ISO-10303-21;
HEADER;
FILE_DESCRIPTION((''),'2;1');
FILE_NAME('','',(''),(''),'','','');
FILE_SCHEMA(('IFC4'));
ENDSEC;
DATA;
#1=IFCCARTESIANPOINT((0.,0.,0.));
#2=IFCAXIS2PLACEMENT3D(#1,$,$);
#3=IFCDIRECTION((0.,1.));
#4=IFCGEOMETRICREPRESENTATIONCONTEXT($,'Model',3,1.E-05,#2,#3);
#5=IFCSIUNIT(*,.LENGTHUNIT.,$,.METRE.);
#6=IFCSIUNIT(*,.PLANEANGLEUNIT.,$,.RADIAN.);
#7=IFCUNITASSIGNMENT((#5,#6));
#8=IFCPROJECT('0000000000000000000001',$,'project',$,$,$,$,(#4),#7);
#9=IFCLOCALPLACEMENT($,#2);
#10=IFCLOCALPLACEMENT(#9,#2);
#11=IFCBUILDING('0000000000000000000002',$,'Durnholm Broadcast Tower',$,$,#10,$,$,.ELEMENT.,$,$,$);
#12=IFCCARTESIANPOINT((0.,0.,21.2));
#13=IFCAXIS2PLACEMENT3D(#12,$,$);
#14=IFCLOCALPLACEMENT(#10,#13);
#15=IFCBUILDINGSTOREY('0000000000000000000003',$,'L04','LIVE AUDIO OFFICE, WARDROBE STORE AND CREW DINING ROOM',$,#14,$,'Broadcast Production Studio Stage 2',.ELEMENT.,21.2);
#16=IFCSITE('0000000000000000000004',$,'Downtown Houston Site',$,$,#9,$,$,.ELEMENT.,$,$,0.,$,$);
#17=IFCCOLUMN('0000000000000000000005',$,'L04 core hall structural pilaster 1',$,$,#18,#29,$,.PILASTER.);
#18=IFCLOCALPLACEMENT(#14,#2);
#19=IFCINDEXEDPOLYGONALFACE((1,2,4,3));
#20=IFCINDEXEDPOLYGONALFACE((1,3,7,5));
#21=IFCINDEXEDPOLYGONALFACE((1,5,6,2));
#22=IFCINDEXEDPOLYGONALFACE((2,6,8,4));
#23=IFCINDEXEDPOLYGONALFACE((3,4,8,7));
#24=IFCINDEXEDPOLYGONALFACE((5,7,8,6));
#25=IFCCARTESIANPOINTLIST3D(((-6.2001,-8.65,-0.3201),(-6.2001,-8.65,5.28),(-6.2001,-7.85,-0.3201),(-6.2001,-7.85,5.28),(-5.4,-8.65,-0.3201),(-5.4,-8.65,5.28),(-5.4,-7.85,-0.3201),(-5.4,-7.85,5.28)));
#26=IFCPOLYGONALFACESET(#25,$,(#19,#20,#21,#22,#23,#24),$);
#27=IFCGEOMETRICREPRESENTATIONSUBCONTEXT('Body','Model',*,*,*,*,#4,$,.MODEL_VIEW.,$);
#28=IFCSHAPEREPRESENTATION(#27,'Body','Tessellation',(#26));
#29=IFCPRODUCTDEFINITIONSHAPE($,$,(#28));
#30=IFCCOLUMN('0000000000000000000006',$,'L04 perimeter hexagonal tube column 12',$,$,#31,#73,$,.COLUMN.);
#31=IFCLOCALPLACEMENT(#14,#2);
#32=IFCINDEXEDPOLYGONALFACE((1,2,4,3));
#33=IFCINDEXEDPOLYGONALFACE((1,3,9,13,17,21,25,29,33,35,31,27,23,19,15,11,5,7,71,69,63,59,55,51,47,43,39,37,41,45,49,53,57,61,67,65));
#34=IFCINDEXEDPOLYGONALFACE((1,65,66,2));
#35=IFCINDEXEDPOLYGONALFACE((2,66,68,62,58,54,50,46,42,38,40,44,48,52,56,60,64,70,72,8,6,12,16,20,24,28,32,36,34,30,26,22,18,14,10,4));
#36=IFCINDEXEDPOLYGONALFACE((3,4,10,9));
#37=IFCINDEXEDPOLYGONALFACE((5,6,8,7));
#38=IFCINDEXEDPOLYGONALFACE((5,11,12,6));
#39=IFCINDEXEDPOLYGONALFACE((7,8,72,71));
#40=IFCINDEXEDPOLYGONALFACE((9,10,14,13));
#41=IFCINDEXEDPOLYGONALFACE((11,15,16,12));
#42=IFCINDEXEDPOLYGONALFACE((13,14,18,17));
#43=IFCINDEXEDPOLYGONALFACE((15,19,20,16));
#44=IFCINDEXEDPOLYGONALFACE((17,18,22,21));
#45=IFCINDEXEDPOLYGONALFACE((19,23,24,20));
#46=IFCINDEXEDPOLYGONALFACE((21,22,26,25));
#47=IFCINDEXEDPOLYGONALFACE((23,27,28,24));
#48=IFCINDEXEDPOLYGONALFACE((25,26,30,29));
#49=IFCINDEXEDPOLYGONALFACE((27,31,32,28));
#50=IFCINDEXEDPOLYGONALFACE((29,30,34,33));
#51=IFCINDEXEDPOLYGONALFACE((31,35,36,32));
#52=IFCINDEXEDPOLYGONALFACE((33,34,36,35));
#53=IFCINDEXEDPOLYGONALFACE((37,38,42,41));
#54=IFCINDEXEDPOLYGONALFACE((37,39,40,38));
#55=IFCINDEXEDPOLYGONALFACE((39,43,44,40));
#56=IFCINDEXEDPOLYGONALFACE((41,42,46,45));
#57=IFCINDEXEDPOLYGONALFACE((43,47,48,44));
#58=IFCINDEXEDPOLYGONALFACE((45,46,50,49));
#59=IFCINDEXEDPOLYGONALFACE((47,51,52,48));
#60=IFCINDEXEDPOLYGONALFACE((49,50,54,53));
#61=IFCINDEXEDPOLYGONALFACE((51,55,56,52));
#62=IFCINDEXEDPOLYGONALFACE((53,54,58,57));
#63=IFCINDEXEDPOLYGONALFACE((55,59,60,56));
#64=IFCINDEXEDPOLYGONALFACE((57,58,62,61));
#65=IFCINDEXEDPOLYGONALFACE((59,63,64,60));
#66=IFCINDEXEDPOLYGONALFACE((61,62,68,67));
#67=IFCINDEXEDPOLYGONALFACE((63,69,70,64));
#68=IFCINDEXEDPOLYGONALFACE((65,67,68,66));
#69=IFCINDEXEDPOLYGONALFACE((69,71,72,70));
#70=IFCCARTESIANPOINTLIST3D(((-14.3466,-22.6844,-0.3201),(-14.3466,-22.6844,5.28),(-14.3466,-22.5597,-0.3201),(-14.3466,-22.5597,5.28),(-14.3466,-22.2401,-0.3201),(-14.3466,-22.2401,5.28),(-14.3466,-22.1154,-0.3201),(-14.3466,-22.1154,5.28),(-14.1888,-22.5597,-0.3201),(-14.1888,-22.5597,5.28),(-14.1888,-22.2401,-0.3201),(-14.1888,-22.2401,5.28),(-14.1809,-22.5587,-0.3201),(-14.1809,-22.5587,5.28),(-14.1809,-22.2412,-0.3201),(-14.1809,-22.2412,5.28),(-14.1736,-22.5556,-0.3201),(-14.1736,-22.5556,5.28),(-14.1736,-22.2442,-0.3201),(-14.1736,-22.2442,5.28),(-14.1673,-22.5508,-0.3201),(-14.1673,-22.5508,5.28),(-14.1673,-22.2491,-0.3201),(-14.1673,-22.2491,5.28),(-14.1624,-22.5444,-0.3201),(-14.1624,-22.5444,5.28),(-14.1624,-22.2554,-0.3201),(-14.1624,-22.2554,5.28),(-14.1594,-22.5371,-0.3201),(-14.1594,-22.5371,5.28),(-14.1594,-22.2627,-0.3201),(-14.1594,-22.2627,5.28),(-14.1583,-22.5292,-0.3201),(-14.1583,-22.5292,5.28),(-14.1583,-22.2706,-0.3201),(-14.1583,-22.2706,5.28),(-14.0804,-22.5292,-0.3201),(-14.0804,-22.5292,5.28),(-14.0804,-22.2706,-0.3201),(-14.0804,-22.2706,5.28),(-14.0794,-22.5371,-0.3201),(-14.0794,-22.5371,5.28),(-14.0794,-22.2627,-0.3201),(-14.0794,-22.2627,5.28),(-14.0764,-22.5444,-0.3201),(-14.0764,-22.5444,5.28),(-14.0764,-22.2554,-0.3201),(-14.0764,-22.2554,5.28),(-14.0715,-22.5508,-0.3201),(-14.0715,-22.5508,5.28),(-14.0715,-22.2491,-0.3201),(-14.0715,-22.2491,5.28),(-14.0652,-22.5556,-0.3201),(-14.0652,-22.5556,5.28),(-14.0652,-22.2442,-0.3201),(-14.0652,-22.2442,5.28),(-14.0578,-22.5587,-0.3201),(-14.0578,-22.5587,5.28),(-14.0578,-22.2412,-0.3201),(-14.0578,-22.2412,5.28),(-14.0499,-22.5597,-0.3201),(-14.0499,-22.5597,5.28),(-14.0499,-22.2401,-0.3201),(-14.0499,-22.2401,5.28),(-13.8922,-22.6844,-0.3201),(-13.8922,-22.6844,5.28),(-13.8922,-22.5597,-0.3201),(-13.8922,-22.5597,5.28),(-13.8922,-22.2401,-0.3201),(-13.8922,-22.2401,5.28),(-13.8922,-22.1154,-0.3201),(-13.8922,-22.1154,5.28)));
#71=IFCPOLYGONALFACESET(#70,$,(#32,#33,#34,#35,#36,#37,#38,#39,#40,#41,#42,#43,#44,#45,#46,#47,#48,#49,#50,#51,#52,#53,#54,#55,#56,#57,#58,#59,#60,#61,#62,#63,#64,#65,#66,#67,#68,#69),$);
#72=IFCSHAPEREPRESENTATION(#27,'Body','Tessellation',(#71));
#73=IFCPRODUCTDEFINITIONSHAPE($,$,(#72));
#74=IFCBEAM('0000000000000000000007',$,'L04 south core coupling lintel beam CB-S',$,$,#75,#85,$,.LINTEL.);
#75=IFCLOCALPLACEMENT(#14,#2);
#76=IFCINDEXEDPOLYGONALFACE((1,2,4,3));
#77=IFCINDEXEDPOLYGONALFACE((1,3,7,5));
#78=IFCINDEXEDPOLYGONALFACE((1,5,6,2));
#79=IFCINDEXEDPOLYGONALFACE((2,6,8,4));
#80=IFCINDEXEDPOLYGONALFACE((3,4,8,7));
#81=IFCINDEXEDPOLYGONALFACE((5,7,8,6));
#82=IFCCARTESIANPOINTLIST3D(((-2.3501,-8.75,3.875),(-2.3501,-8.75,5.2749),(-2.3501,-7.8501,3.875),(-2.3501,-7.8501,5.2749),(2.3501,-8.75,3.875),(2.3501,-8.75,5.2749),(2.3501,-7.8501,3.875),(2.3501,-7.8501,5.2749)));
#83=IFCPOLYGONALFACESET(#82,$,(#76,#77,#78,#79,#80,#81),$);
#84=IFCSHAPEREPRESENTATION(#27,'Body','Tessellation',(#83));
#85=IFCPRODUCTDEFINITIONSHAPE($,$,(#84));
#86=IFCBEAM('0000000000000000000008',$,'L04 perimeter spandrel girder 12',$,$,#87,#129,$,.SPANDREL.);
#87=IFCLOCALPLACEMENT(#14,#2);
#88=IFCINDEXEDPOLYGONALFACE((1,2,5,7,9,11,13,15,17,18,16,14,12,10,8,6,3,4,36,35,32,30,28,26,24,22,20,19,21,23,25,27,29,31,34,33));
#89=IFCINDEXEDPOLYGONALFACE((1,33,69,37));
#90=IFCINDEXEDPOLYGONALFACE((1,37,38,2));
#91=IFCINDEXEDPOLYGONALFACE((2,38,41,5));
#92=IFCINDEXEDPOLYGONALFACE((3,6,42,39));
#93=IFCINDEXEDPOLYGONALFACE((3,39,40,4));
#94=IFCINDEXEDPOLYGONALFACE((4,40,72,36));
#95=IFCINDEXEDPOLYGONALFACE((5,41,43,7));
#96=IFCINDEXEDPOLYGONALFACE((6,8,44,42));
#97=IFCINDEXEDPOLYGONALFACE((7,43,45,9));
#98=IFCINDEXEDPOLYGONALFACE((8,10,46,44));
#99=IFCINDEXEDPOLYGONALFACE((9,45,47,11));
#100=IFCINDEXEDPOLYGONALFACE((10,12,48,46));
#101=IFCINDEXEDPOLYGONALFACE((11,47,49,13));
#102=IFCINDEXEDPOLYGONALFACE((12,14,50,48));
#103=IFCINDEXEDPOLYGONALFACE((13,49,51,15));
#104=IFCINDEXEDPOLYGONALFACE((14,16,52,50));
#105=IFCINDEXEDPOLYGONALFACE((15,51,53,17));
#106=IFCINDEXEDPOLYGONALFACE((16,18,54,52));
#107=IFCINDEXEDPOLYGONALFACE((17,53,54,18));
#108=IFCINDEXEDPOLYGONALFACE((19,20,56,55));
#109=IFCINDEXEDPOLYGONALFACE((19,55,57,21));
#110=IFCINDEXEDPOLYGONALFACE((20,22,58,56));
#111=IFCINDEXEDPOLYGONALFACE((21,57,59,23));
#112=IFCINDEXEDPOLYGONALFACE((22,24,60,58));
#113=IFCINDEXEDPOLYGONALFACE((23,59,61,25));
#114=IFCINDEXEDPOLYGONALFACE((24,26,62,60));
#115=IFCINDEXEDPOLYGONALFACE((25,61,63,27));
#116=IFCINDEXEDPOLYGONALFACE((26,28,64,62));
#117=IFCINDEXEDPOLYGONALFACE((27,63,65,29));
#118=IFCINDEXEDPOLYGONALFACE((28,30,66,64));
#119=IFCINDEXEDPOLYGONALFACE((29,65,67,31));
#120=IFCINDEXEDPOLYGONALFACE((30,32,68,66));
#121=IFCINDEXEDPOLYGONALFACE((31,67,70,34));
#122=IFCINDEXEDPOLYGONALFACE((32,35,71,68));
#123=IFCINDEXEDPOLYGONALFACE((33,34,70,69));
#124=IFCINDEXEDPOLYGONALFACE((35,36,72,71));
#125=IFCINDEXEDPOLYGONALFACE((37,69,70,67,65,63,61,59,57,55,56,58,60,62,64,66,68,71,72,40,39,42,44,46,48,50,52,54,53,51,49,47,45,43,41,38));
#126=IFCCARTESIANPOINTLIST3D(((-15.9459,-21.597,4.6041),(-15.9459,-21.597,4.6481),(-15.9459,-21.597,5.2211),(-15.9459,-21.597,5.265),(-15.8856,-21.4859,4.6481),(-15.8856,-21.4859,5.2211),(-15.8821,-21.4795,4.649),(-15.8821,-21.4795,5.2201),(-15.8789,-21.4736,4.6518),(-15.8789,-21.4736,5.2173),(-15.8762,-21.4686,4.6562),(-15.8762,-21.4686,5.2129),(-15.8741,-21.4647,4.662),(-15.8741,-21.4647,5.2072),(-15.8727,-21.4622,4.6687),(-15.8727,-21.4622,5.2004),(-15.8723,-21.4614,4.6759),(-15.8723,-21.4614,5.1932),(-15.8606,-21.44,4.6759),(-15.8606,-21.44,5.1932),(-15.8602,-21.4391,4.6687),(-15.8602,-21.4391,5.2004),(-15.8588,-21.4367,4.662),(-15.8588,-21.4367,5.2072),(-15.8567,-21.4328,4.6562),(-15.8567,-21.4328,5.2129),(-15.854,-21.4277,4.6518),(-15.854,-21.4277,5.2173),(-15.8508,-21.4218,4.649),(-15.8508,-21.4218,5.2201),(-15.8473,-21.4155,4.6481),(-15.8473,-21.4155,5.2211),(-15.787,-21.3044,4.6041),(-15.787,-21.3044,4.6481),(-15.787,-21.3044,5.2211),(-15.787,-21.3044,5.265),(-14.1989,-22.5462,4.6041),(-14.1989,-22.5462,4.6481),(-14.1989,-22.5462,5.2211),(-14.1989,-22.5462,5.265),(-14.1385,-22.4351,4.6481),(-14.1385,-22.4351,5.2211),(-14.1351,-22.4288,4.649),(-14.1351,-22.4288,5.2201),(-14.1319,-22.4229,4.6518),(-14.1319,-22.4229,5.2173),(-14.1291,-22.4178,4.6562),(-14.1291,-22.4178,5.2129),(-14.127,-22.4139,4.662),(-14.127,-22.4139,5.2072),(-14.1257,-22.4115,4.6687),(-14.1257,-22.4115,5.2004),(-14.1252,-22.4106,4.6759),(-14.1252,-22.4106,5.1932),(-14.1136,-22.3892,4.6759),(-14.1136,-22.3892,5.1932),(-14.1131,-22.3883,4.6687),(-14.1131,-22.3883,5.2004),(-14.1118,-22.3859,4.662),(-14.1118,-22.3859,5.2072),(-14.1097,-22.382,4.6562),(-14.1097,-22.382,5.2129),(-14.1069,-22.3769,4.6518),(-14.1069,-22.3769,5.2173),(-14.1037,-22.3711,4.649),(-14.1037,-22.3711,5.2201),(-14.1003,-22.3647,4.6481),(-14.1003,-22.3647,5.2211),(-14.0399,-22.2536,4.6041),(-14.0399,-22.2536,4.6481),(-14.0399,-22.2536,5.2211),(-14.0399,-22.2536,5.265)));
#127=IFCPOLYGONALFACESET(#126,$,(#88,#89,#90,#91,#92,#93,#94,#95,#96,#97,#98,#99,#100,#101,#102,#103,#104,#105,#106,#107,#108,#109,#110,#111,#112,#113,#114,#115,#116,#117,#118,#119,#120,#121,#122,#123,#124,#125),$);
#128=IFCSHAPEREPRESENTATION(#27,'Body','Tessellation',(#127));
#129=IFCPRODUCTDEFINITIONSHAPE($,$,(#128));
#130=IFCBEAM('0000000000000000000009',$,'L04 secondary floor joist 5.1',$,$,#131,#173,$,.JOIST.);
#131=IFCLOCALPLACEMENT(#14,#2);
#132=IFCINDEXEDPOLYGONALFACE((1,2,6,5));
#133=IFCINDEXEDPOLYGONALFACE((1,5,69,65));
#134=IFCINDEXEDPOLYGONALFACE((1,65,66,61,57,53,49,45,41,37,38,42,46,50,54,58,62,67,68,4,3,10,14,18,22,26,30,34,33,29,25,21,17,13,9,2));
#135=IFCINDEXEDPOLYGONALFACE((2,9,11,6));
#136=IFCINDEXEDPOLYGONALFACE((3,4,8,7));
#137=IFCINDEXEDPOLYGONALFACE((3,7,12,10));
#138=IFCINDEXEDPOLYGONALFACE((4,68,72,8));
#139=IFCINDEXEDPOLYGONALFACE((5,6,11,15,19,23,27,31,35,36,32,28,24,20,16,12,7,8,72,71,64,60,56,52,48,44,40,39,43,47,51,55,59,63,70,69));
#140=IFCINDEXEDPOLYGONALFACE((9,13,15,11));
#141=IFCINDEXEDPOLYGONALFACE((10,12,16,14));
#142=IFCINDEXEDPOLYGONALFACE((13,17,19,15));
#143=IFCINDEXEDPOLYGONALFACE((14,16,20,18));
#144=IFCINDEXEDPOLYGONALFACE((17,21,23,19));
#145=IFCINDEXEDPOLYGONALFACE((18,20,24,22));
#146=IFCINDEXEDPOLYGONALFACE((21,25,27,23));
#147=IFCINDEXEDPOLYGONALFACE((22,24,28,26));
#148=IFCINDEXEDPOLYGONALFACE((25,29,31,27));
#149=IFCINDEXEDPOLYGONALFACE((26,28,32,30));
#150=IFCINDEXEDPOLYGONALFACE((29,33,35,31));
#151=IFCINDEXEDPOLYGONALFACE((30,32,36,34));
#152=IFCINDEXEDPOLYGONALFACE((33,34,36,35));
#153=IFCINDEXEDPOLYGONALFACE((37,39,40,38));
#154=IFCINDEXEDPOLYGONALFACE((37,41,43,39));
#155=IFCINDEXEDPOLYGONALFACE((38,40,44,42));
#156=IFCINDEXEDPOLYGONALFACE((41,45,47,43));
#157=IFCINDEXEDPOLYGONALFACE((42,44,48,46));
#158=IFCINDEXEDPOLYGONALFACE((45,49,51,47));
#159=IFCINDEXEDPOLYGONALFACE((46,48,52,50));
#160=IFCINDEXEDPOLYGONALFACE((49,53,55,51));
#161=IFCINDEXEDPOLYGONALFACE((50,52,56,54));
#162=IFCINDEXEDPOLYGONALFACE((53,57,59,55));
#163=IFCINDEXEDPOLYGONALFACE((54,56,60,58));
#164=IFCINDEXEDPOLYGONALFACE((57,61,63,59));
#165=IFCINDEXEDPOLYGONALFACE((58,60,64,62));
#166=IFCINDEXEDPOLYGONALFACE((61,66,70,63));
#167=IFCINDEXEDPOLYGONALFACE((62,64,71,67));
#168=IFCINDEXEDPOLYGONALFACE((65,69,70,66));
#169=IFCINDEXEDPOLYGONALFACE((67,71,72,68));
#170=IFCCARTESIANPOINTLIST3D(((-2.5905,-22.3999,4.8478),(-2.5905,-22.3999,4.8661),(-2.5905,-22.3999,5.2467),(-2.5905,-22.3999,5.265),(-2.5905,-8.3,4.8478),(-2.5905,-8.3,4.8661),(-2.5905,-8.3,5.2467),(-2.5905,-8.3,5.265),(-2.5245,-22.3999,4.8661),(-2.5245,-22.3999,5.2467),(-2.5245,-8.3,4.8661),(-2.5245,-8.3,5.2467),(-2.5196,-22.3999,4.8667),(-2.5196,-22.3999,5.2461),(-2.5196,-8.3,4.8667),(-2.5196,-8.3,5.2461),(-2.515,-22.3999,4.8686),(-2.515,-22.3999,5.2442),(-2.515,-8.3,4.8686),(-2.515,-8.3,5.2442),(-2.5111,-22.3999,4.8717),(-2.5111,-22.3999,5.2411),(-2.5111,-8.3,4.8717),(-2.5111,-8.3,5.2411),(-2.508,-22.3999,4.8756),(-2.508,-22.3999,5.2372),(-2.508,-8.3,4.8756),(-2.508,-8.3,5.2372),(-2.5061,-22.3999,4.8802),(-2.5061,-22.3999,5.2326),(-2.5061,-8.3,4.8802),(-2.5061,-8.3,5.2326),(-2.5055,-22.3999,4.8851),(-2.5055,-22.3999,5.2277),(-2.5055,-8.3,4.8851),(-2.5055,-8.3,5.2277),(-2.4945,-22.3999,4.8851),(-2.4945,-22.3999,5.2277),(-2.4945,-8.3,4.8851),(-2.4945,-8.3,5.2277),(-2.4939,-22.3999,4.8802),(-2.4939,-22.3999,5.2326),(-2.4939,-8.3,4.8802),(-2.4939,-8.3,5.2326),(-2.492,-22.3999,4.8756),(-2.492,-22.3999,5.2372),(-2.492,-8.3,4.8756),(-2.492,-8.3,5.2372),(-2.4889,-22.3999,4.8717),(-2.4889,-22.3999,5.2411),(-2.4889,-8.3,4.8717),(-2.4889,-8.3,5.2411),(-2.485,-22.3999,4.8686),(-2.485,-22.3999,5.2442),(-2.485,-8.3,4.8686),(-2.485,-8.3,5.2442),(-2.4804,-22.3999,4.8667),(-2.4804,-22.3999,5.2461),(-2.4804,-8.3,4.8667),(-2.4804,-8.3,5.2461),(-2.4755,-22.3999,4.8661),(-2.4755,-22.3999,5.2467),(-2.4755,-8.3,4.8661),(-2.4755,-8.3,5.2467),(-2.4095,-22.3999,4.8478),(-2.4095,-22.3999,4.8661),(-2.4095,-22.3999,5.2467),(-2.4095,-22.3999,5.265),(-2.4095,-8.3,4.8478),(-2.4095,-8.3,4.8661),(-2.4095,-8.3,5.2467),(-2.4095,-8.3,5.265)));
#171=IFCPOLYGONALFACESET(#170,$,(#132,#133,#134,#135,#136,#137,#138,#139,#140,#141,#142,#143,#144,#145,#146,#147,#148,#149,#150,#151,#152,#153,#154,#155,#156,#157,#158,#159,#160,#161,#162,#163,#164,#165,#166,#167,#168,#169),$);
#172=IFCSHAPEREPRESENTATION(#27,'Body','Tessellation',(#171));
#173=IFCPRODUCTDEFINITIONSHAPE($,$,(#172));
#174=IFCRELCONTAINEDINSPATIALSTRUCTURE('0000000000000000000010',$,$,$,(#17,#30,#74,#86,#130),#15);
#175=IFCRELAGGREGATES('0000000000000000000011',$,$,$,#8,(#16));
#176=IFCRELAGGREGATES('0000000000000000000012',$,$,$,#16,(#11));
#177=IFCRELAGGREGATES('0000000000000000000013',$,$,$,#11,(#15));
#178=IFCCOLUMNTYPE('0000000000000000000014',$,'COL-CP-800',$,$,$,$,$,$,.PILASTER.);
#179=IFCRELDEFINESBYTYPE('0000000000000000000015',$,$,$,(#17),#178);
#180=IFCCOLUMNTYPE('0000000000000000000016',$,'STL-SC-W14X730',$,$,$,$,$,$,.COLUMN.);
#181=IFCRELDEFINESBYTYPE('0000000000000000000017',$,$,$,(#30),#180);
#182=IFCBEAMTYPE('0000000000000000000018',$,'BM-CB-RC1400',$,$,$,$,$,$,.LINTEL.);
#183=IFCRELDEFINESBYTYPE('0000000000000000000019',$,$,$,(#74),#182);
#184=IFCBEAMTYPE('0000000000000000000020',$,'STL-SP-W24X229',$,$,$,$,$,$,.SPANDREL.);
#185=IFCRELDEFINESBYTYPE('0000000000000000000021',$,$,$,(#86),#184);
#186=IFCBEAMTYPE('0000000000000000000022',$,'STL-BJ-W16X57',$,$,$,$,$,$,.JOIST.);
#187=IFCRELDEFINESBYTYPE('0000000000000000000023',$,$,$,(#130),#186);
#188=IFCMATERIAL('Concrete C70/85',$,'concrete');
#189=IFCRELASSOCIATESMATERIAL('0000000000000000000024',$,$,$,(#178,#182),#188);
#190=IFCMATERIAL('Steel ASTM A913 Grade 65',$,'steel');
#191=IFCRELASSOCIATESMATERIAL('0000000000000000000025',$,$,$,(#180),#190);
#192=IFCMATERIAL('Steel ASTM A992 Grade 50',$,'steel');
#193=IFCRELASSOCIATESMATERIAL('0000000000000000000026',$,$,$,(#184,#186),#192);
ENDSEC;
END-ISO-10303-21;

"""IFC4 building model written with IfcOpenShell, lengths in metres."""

from ifc_helpers import new_model, si_unit, direction, frame, origin, origin_2d, place, context, subcontext, project, spatial, rectangle, i_section, extrude, source, transform, mapped, material, material_profile, profile_set, type_object, type_shapes, element, save


model = new_model("IFC4")

# Units and contexts
model_context = context("Model", 3, precision=1e-05, world=origin(), true_north=direction((0.0, 1.0)))
body_context = subcontext(model_context, "Body", "Model", "MODEL_VIEW")
ifc_project = project(units=[si_unit("LENGTHUNIT", "METRE"), si_unit("PLANEANGLEUNIT", "RADIAN")], contexts=[model_context])

# Site, building, storey
site_placement = place(None, origin())
site = spatial("IfcSite", under=ifc_project, at=site_placement, Name="Downtown Houston Site", CompositionType="ELEMENT", RefElevation=0.0)
building_placement = place(site_placement, origin())
building = spatial("IfcBuilding", under=site, at=building_placement, Name="Durnholm Broadcast Tower", CompositionType="ELEMENT")
storey_placement = place(building_placement, frame((0.0, 0.0, 21.2)))
storey = spatial("IfcBuildingStorey", under=building, at=storey_placement, Name="L04", Description="LIVE AUDIO OFFICE, WARDROBE STORE AND CREW DINING ROOM", LongName="Broadcast Production Studio Stage 2", CompositionType="ELEMENT", Elevation=21.2)

# Columns
ifc_material_1 = material(Name="Concrete C70/85", Category="concrete")
ifc_material_profile_1 = material_profile(ifc_material_1, rectangle(XDim=0.8, YDim=0.8, at=origin_2d()), Name="RC800X800")
ifc_profile_set_1 = profile_set([ifc_material_profile_1], Name="Concrete C70/85")
column_type_1 = type_object("IfcColumnType", Name="COL-CP-800", PredefinedType="PILASTER", material=ifc_profile_set_1)
shared_shape_1 = source(origin(), body_context, "Body", "SweptSolid", [
    extrude(rectangle(XDim=0.8, YDim=0.8, at=origin_2d()), origin(), (0.0, 0.0, 1.0), 5.6001),
])
type_shapes(column_type_1, [shared_shape_1])
column_1_placement = place(storey_placement, frame((-5.8, -8.25, -0.3201), z_axis=(0.0, 0.0, 1.0), x_axis=(1.0, 0.0, 0.0)))
element("IfcColumn", 1, at=column_1_placement, inside=storey, type_object=column_type_1, Name="L04 core hall structural pilaster 1", PredefinedType="PILASTER", context=body_context, shape_type="MappedRepresentation", body=[
    mapped(shared_shape_1, transform((0.0, 0.0, 0.0), x_axis=(1.0, 0.0, 0.0), y_axis=(0.0, 1.0, 0.0), z_axis=(0.0, 0.0, 1.0), scale=1.0)),
])
ifc_material_2 = material(Name="Steel ASTM A913 Grade 65", Category="steel")
ifc_material_profile_2 = material_profile(ifc_material_2, i_section(OverallWidth=0.4543, OverallDepth=0.5691, WebThickness=0.0779, FlangeThickness=0.1248, FilletRadius=0.0305, at=origin_2d()), Name="W14X730")
ifc_profile_set_2 = profile_set([ifc_material_profile_2], Name="Steel ASTM A913 Grade 65")
column_type_2 = type_object("IfcColumnType", Name="STL-SC-W14X730", PredefinedType="COLUMN", material=ifc_profile_set_2)
shared_shape_2 = source(origin(), body_context, "Body", "SweptSolid", [
    extrude(i_section(OverallWidth=0.4543, OverallDepth=0.5691, WebThickness=0.0779, FlangeThickness=0.1248, FilletRadius=0.0305, at=origin_2d()), origin(), (0.0, 0.0, 1.0), 5.6001),
])
type_shapes(column_type_2, [shared_shape_2])
column_2_placement = place(storey_placement, frame((-14.1194, -22.3999, -0.3201), z_axis=(0.0, 0.0, 1.0), x_axis=(1.0, 0.0, 0.0)))
element("IfcColumn", 2, at=column_2_placement, inside=storey, type_object=column_type_2, Name="L04 perimeter hexagonal tube column 12", PredefinedType="COLUMN", context=body_context, shape_type="MappedRepresentation", body=[
    mapped(shared_shape_2, transform((0.0, 0.0, 0.0), x_axis=(1.0, 0.0, 0.0), y_axis=(0.0, 1.0, 0.0), z_axis=(0.0, 0.0, 1.0), scale=1.0)),
])

# Beams
ifc_material_profile_3 = material_profile(ifc_material_1, rectangle(XDim=0.8999, YDim=1.3999, at=origin_2d()), Name="RC900X1400")
ifc_profile_set_3 = profile_set([ifc_material_profile_3], Name="Concrete C70/85")
beam_type_1 = type_object("IfcBeamType", Name="BM-CB-RC1400", PredefinedType="LINTEL", material=ifc_profile_set_3)
shared_shape_3 = source(origin(), body_context, "Body", "SweptSolid", [
    extrude(rectangle(XDim=0.8999, YDim=1.3999, at=origin_2d()), origin(), (0.0, 0.0, 1.0), 4.7002),
])
type_shapes(beam_type_1, [shared_shape_3])
beam_1_placement = place(storey_placement, frame((-2.3501, -8.3, 4.575), z_axis=(1.0, 0.0, 0.0), x_axis=(0.0, 1.0, 0.0)))
element("IfcBeam", 3, at=beam_1_placement, inside=storey, type_object=beam_type_1, Name="L04 south core coupling lintel beam CB-S", PredefinedType="LINTEL", context=body_context, shape_type="MappedRepresentation", body=[
    mapped(shared_shape_3, transform((0.0, 0.0, 0.0), x_axis=(1.0, 0.0, 0.0), y_axis=(0.0, 1.0, 0.0), z_axis=(0.0, 0.0, 1.0), scale=1.0)),
])
ifc_material_3 = material(Name="Steel ASTM A992 Grade 50", Category="steel")
ifc_material_profile_4 = material_profile(ifc_material_3, i_section(OverallWidth=0.333, OverallDepth=0.6609, WebThickness=0.0244, FlangeThickness=0.0439, FilletRadius=0.0278, at=origin_2d()), Name="W24X229")
ifc_profile_set_4 = profile_set([ifc_material_profile_4], Name="Steel ASTM A992 Grade 50")
beam_type_2 = type_object("IfcBeamType", Name="STL-SP-W24X229", PredefinedType="SPANDREL", material=ifc_profile_set_4)
shared_shape_4 = source(origin(), body_context, "Body", "SweptSolid", [
    extrude(i_section(OverallWidth=0.333, OverallDepth=0.6609, WebThickness=0.0244, FlangeThickness=0.0439, FilletRadius=0.0278, at=origin_2d()), origin(), (0.0, 0.0, 1.0), 1.9883),
])
type_shapes(beam_type_2, [shared_shape_4])
beam_2_placement = place(storey_placement, frame((-14.1194, -22.3999, 4.9346), z_axis=(-0.878683, 0.477406, 0.0), x_axis=(-0.477406, -0.878683, 0.0)))
element("IfcBeam", 4, at=beam_2_placement, inside=storey, type_object=beam_type_2, Name="L04 perimeter spandrel girder 12", PredefinedType="SPANDREL", context=body_context, shape_type="MappedRepresentation", body=[
    mapped(shared_shape_4, transform((0.0, 0.0, 0.0), x_axis=(1.0, 0.0, 0.0), y_axis=(0.0, 1.0, 0.0), z_axis=(0.0, 0.0, 1.0), scale=1.0)),
])
ifc_material_profile_5 = material_profile(ifc_material_3, i_section(OverallWidth=0.1809, OverallDepth=0.4172, WebThickness=0.011, FlangeThickness=0.0183, FilletRadius=0.019, at=origin_2d()), Name="W16X57")
ifc_profile_set_5 = profile_set([ifc_material_profile_5], Name="Steel ASTM A992 Grade 50")
beam_type_3 = type_object("IfcBeamType", Name="STL-BJ-W16X57", PredefinedType="JOIST", material=ifc_profile_set_5)
shared_shape_5 = source(origin(), body_context, "Body", "SweptSolid", [
    extrude(i_section(OverallWidth=0.1809, OverallDepth=0.4172, WebThickness=0.011, FlangeThickness=0.0183, FilletRadius=0.019, at=origin_2d()), origin(), (0.0, 0.0, 1.0), 14.0999),
])
type_shapes(beam_type_3, [shared_shape_5])
beam_3_placement = place(storey_placement, frame((-2.5, -22.3999, 5.0564), z_axis=(0.0, 1.0, 0.0), x_axis=(-1.0, 0.0, 0.0)))
element("IfcBeam", 5, at=beam_3_placement, inside=storey, type_object=beam_type_3, Name="L04 secondary floor joist 5.1", PredefinedType="JOIST", context=body_context, shape_type="MappedRepresentation", body=[
    mapped(shared_shape_5, transform((0.0, 0.0, 0.0), x_axis=(1.0, 0.0, 0.0), y_axis=(0.0, 1.0, 0.0), z_axis=(0.0, 0.0, 1.0), scale=1.0)),
])

save(model, "model.ifc")
